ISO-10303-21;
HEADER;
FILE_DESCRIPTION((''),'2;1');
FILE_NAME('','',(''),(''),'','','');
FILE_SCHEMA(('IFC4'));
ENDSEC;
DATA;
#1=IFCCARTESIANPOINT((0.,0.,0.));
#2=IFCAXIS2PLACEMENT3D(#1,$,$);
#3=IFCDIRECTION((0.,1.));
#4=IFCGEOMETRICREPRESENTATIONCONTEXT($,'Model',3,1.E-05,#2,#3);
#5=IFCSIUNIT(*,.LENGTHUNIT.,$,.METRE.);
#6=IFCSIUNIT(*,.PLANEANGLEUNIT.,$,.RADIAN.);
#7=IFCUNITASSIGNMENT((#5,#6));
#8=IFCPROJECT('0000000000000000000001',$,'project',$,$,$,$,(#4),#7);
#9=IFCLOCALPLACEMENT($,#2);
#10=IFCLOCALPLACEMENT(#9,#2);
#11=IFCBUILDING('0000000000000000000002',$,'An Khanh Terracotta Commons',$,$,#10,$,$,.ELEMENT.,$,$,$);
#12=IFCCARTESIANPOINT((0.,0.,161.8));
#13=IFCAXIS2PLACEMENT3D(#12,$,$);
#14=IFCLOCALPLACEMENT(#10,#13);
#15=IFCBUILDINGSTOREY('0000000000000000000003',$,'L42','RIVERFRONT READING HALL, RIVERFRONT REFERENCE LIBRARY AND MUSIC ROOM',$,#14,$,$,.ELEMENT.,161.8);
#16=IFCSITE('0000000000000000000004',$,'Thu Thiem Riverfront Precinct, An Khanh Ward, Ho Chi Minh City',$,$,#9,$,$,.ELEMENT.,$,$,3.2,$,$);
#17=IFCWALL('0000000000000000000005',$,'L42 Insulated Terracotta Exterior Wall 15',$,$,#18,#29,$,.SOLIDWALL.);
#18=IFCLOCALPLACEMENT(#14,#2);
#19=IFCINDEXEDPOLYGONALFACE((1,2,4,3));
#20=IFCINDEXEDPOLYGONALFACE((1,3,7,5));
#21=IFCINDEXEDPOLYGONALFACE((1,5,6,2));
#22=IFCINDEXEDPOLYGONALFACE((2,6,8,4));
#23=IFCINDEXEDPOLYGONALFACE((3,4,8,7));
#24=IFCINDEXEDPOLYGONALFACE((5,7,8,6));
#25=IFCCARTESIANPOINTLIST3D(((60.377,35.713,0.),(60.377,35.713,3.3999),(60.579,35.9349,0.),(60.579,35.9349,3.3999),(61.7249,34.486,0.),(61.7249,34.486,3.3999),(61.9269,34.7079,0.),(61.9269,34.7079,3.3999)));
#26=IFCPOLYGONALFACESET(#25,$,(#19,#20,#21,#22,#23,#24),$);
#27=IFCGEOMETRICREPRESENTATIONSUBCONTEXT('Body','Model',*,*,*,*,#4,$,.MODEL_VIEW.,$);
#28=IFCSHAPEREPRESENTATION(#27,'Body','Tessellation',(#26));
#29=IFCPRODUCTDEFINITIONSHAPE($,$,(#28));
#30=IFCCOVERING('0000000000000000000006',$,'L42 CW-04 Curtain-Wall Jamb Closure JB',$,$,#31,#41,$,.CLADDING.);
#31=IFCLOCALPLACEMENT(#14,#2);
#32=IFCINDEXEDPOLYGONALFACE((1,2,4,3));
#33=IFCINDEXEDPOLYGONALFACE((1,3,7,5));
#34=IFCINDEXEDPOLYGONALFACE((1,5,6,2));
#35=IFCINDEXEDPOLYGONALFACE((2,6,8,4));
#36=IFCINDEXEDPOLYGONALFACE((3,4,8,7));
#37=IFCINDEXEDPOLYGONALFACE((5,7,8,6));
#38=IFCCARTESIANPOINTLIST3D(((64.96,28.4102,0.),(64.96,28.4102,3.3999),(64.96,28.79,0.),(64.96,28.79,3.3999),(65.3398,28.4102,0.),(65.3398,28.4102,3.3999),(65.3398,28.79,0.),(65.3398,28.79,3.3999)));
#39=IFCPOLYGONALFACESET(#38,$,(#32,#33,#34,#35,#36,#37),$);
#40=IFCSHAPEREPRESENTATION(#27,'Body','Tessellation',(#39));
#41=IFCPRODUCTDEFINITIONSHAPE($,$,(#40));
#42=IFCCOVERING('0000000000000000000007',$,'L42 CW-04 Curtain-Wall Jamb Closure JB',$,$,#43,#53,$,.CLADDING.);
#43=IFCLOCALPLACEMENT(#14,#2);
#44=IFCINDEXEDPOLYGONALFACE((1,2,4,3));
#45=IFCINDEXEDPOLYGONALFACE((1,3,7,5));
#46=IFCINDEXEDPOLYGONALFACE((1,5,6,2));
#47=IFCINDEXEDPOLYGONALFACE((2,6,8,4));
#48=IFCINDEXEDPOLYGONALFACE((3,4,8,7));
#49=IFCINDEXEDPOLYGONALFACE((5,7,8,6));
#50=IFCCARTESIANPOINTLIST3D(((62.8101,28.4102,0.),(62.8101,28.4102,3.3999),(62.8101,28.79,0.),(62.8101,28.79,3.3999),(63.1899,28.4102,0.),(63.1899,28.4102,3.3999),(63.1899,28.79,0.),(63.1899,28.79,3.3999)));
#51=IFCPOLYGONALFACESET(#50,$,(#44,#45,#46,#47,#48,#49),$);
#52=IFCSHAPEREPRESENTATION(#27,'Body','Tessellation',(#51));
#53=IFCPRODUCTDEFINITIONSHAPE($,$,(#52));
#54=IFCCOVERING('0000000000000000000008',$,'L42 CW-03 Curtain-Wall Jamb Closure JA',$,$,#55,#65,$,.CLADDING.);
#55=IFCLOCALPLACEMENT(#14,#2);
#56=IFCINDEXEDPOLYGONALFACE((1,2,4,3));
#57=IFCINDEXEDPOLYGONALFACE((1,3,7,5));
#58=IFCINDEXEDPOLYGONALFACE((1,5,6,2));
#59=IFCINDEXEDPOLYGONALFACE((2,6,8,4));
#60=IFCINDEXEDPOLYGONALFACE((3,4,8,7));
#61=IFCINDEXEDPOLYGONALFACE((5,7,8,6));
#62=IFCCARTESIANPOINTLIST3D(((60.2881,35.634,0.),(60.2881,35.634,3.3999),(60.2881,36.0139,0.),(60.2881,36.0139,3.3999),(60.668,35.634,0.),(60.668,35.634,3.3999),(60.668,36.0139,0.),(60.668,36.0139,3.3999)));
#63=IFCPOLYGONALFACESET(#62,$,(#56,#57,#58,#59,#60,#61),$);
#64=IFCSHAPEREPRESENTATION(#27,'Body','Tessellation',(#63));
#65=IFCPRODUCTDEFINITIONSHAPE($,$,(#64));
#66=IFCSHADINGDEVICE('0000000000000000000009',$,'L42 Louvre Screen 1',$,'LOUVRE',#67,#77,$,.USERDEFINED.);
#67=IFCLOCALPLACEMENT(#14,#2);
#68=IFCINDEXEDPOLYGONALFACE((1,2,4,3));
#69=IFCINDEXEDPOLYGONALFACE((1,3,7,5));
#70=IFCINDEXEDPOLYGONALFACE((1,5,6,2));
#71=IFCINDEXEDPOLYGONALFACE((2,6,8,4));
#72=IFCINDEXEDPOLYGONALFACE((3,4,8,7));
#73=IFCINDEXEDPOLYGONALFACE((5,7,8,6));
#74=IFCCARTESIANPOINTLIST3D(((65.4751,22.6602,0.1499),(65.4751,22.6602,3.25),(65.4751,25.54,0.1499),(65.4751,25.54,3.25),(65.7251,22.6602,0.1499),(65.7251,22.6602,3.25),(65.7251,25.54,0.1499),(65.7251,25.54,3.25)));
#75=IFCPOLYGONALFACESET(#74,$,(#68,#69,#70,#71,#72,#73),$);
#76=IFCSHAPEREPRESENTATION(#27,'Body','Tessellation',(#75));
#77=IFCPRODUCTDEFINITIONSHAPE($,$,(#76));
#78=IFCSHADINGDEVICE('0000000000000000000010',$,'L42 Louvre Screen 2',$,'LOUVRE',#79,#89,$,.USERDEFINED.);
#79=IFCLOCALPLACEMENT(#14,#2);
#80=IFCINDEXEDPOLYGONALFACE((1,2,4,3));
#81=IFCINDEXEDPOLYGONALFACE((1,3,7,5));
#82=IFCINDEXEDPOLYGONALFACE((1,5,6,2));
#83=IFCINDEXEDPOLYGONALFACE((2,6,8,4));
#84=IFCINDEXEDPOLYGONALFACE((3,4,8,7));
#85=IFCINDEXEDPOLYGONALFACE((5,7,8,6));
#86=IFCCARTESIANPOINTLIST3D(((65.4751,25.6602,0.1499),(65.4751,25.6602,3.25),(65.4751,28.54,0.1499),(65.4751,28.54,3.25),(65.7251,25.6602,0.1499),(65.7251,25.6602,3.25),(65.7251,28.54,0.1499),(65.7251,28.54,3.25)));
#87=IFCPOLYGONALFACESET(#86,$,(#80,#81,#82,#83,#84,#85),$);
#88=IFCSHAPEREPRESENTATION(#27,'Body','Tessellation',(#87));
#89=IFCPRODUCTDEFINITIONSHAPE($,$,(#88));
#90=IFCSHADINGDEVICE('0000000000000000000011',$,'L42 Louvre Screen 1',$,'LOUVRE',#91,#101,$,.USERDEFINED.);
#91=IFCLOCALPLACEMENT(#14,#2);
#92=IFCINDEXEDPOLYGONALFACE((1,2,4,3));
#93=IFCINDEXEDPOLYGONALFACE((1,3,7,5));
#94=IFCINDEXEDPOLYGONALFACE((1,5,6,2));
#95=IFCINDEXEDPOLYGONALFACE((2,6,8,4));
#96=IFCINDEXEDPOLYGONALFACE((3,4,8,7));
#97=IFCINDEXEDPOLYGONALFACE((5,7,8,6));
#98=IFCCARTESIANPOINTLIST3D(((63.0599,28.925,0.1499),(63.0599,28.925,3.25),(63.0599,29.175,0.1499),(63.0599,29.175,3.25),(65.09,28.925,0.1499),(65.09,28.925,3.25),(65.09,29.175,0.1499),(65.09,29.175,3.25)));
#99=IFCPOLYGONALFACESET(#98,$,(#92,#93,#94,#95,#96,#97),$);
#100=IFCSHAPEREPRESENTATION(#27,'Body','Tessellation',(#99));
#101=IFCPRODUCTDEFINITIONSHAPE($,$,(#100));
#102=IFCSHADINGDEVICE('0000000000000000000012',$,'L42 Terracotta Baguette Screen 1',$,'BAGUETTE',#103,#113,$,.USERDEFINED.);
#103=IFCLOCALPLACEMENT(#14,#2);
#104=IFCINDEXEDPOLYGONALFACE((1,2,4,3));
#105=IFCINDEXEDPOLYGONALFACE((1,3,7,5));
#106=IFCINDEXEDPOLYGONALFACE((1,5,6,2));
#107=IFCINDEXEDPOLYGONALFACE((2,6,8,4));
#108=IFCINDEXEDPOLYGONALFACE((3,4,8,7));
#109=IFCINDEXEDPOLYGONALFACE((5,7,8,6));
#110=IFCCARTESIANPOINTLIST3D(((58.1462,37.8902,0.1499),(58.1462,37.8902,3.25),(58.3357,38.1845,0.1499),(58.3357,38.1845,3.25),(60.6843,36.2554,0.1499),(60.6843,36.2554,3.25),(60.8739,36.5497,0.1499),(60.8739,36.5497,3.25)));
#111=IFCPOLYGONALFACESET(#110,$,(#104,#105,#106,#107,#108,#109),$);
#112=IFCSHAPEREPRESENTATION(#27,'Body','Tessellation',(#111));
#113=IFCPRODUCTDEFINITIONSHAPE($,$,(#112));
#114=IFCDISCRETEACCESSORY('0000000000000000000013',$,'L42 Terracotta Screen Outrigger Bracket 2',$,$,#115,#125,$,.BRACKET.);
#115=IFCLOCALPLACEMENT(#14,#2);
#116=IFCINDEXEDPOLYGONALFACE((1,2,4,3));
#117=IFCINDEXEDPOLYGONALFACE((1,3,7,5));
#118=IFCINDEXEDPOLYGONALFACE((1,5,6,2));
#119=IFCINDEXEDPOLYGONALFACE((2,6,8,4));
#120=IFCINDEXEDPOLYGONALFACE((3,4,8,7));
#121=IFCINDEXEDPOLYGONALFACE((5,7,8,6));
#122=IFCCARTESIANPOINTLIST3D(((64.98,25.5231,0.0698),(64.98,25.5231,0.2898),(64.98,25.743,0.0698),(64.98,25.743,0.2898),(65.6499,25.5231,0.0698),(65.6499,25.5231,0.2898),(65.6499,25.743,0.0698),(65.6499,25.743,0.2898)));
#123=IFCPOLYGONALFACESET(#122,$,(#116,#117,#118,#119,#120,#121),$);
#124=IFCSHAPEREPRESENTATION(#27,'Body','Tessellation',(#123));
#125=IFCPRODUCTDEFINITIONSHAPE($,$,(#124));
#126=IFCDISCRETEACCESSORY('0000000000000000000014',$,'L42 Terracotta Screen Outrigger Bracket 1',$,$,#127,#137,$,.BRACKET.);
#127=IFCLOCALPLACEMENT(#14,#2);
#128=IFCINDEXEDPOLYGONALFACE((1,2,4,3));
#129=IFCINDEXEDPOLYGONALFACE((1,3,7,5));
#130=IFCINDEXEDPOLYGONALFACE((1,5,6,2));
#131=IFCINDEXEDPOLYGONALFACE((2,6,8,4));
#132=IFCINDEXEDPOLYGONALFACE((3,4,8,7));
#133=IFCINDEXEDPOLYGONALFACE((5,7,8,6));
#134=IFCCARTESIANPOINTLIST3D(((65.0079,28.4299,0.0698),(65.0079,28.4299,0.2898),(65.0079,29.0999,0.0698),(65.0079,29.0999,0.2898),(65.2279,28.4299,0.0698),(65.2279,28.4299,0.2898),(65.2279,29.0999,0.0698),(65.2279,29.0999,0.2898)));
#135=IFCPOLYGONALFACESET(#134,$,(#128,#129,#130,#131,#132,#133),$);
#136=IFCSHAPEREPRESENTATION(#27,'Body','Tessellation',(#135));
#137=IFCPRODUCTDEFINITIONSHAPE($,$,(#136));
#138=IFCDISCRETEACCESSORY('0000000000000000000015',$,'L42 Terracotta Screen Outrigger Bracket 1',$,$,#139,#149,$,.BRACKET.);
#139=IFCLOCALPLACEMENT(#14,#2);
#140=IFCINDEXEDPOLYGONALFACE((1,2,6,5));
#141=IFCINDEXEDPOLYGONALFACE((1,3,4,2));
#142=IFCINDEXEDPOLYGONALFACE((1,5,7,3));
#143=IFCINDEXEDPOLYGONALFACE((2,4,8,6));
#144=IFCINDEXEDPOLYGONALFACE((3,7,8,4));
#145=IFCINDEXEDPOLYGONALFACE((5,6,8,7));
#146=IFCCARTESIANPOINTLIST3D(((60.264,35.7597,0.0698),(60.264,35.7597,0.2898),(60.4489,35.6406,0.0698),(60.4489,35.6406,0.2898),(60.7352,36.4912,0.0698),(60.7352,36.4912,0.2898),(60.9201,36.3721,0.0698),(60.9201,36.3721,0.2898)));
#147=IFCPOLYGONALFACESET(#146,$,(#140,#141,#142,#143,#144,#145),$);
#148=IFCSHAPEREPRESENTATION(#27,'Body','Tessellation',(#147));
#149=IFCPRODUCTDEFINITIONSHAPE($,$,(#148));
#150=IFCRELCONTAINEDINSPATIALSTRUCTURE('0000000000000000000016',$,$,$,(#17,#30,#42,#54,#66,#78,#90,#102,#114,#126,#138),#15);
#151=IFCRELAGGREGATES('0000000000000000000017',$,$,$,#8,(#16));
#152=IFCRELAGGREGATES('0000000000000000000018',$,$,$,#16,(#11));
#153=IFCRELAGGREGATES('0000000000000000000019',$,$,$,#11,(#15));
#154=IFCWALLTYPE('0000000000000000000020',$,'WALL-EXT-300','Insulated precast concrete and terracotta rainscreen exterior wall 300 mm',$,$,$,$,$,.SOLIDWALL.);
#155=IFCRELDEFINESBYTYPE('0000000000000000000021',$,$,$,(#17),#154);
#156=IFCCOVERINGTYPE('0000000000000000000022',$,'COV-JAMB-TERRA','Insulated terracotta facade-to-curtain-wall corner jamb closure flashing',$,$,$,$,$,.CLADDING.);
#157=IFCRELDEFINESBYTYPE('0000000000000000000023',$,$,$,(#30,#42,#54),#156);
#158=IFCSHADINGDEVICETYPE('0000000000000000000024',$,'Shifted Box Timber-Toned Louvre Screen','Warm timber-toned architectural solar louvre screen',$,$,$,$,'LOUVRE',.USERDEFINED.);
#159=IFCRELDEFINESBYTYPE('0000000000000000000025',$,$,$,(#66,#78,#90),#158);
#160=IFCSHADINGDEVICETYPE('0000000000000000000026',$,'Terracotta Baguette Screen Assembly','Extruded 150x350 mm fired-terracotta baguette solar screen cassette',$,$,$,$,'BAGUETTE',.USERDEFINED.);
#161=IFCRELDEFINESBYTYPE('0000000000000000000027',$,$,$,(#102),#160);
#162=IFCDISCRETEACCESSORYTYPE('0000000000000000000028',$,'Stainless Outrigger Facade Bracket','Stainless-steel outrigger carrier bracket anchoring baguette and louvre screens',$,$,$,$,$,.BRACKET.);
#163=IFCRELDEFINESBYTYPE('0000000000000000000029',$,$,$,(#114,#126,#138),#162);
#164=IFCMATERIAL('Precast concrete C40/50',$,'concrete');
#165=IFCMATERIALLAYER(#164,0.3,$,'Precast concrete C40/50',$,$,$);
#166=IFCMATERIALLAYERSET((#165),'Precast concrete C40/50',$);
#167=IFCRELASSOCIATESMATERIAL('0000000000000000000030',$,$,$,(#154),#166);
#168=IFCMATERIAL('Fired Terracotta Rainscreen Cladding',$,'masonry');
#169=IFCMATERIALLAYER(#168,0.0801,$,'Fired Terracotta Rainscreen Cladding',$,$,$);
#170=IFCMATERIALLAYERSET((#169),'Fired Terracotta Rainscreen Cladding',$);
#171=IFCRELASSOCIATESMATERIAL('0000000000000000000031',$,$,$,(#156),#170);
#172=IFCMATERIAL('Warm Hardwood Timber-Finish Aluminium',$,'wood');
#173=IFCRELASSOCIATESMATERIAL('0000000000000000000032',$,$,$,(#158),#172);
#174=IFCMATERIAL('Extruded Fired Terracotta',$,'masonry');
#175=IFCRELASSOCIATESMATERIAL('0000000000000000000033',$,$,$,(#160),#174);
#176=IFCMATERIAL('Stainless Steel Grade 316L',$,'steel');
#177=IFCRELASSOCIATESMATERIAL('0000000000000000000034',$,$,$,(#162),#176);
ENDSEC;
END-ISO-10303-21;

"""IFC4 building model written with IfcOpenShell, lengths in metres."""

from ifc_helpers import new_model, si_unit, direction, frame, frame_2d, origin, origin_2d, place, context, subcontext, project, spatial, rectangle, extrude, material, layer, layer_set, type_object, element, save


model = new_model("IFC4")

# Units and contexts
model_context = context("Model", 3, precision=1e-05, world=origin(), true_north=direction((0.0, 1.0)))
body_context = subcontext(model_context, "Body", "Model", "MODEL_VIEW")
ifc_project = project(units=[si_unit("LENGTHUNIT", "METRE"), si_unit("PLANEANGLEUNIT", "RADIAN")], contexts=[model_context])

# Site, building, storey
site_placement = place(None, origin())
site = spatial("IfcSite", under=ifc_project, at=site_placement, Name="Thu Thiem Riverfront Precinct, An Khanh Ward, Ho Chi Minh City", CompositionType="ELEMENT", RefElevation=3.2)
building_placement = place(site_placement, origin())
building = spatial("IfcBuilding", under=site, at=building_placement, Name="An Khanh Terracotta Commons", CompositionType="ELEMENT")
storey_placement = place(building_placement, frame((0.0, 0.0, 161.8)))
storey = spatial("IfcBuildingStorey", under=building, at=storey_placement, Name="L42", Description="RIVERFRONT READING HALL, RIVERFRONT REFERENCE LIBRARY AND MUSIC ROOM", CompositionType="ELEMENT", Elevation=161.8)

# Shared definitions
ifc_material_1 = material(Name="Precast concrete C40/50", Category="concrete")
ifc_layer_1 = layer(ifc_material_1, 0.3, Name="Precast concrete C40/50")
ifc_layer_set_1 = layer_set([ifc_layer_1], Name="Precast concrete C40/50")
wall_type = type_object("IfcWallType", Name="WALL-EXT-300", Description="Insulated precast concrete and terracotta rainscreen exterior wall 300 mm", PredefinedType="SOLIDWALL", material=ifc_layer_set_1)

# Wall
wall_1_placement = place(storey_placement, frame((61.8259, 34.5969, 0.0), z_axis=(0.0, 0.0, 1.0), x_axis=(-0.739479, 0.673179, 0.0)))
element("IfcWall", 1, at=wall_1_placement, inside=storey, type_object=wall_type, Name="L42 Insulated Terracotta Exterior Wall 15", PredefinedType="SOLIDWALL", context=body_context, shape_type="SweptSolid", body=[
    extrude(rectangle(XDim=1.8228, YDim=0.3, at=frame_2d((0.9114, 0.0))), origin(), (0.0, 0.0, 1.0), 3.3999),
])

# Coverings
ifc_material_2 = material(Name="Fired Terracotta Rainscreen Cladding", Category="masonry")
ifc_layer_2 = layer(ifc_material_2, 0.0801, Name="Fired Terracotta Rainscreen Cladding")
ifc_layer_set_2 = layer_set([ifc_layer_2], Name="Fired Terracotta Rainscreen Cladding")
covering_type = type_object("IfcCoveringType", Name="COV-JAMB-TERRA", Description="Insulated terracotta facade-to-curtain-wall corner jamb closure flashing", PredefinedType="CLADDING", material=ifc_layer_set_2)
for number, where, z_axis, x_axis, name in (
    (2, (65.1499, 28.6001, 0.0), (0.0, 0.0, 1.0), (1.0, 0.0, 0.0), "L42 CW-04 Curtain-Wall Jamb Closure JB"),
    (3, (63.0, 28.6001, 0.0), (0.0, 0.0, 1.0), (1.0, 0.0, 0.0), "L42 CW-04 Curtain-Wall Jamb Closure JB"),
    (4, (60.478, 35.824, 0.0), (0.0, 0.0, 1.0), (1.0, 0.0, 0.0), "L42 CW-03 Curtain-Wall Jamb Closure JA"),
):
    element("IfcCovering", number, at=place(storey_placement, frame(where, z_axis=z_axis, x_axis=x_axis)), inside=storey, type_object=covering_type, Name=name, PredefinedType="CLADDING", context=body_context, shape_type="SweptSolid", body=[
        extrude(rectangle(XDim=0.3799, YDim=0.3799, at=origin_2d()), origin(), (0.0, 0.0, 1.0), 3.3999),
    ])

# Shading devices
ifc_material_3 = material(Name="Warm Hardwood Timber-Finish Aluminium", Category="wood")
shading_device_type_1 = type_object("IfcShadingDeviceType", Name="Shifted Box Timber-Toned Louvre Screen", Description="Warm timber-toned architectural solar louvre screen", ElementType="LOUVRE", PredefinedType="USERDEFINED", material=ifc_material_3)
for number, where, z_axis, x_axis, name in (
    (5, (65.6001, 24.1001, 0.1499), (0.0, 0.0, 1.0), (0.0, 1.0, 0.0), "L42 Louvre Screen 1"),
    (6, (65.6001, 27.1001, 0.1499), (0.0, 0.0, 1.0), (0.0, 1.0, 0.0), "L42 Louvre Screen 2"),
):
    element("IfcShadingDevice", number, at=place(storey_placement, frame(where, z_axis=z_axis, x_axis=x_axis)), inside=storey, type_object=shading_device_type_1, Name=name, ObjectType="LOUVRE", PredefinedType="USERDEFINED", context=body_context, shape_type="SweptSolid", body=[
        extrude(rectangle(XDim=2.8799, YDim=0.25, at=origin_2d()), origin(), (0.0, 0.0, 1.0), 3.1001),
    ])
shading_device_1_placement = place(storey_placement, frame((64.075, 29.05, 0.1499), z_axis=(0.0, 0.0, 1.0), x_axis=(-1.0, 0.0, 0.0)))
element("IfcShadingDevice", 7, at=shading_device_1_placement, inside=storey, type_object=shading_device_type_1, Name="L42 Louvre Screen 1", ObjectType="LOUVRE", PredefinedType="USERDEFINED", context=body_context, shape_type="SweptSolid", body=[
    extrude(rectangle(XDim=2.03, YDim=0.25, at=origin_2d()), origin(), (0.0, 0.0, 1.0), 3.1001),
])
ifc_material_4 = material(Name="Extruded Fired Terracotta", Category="masonry")
shading_device_type_2 = type_object("IfcShadingDeviceType", Name="Terracotta Baguette Screen Assembly", Description="Extruded 150x350 mm fired-terracotta baguette solar screen cassette", ElementType="BAGUETTE", PredefinedType="USERDEFINED", material=ifc_material_4)
shading_device_2_placement = place(storey_placement, frame((59.51, 37.22, 0.1499), z_axis=(0.0, 0.0, 1.0), x_axis=(-0.840702, 0.541498, 0.0)))
element("IfcShadingDevice", 8, at=shading_device_2_placement, inside=storey, type_object=shading_device_type_2, Name="L42 Terracotta Baguette Screen 1", ObjectType="BAGUETTE", PredefinedType="USERDEFINED", context=body_context, shape_type="SweptSolid", body=[
    extrude(rectangle(XDim=3.019, YDim=0.3501, at=origin_2d()), origin(), (0.0, 0.0, 1.0), 3.1001),
])

# Discrete accessories
ifc_material_5 = material(Name="Stainless Steel Grade 316L", Category="steel")
discrete_accessory_type = type_object("IfcDiscreteAccessoryType", Name="Stainless Outrigger Facade Bracket", Description="Stainless-steel outrigger carrier bracket anchoring baguette and louvre screens", PredefinedType="BRACKET", material=ifc_material_5)
for number, where, z_axis, x_axis, name in (
    (9, (65.3149, 25.6331, 0.0698), (0.0, 0.0, 1.0), (0.0, 1.0, 0.0), "L42 Terracotta Screen Outrigger Bracket 2"),
    (10, (65.1179, 28.7649, 0.0698), (0.0, 0.0, 1.0), (-1.0, 0.0, 0.0), "L42 Terracotta Screen Outrigger Bracket 1"),
):
    element("IfcDiscreteAccessory", number, at=place(storey_placement, frame(where, z_axis=z_axis, x_axis=x_axis)), inside=storey, type_object=discrete_accessory_type, Name=name, PredefinedType="BRACKET", context=body_context, shape_type="SweptSolid", body=[
        extrude(rectangle(XDim=0.22, YDim=0.6699, at=origin_2d()), origin(), (0.0, 0.0, 1.0), 0.22),
    ])
discrete_accessory_placement = place(storey_placement, frame((60.592, 36.0659, 0.0698), z_axis=(0.0, 0.0, 1.0), x_axis=(-0.840702, 0.541498, 0.0)))
element("IfcDiscreteAccessory", 11, at=discrete_accessory_placement, inside=storey, type_object=discrete_accessory_type, Name="L42 Terracotta Screen Outrigger Bracket 1", PredefinedType="BRACKET", context=body_context, shape_type="SweptSolid", body=[
    extrude(rectangle(XDim=0.22, YDim=0.8701, at=origin_2d()), origin(), (0.0, 0.0, 1.0), 0.22),
])

save(model, "model.ifc")
